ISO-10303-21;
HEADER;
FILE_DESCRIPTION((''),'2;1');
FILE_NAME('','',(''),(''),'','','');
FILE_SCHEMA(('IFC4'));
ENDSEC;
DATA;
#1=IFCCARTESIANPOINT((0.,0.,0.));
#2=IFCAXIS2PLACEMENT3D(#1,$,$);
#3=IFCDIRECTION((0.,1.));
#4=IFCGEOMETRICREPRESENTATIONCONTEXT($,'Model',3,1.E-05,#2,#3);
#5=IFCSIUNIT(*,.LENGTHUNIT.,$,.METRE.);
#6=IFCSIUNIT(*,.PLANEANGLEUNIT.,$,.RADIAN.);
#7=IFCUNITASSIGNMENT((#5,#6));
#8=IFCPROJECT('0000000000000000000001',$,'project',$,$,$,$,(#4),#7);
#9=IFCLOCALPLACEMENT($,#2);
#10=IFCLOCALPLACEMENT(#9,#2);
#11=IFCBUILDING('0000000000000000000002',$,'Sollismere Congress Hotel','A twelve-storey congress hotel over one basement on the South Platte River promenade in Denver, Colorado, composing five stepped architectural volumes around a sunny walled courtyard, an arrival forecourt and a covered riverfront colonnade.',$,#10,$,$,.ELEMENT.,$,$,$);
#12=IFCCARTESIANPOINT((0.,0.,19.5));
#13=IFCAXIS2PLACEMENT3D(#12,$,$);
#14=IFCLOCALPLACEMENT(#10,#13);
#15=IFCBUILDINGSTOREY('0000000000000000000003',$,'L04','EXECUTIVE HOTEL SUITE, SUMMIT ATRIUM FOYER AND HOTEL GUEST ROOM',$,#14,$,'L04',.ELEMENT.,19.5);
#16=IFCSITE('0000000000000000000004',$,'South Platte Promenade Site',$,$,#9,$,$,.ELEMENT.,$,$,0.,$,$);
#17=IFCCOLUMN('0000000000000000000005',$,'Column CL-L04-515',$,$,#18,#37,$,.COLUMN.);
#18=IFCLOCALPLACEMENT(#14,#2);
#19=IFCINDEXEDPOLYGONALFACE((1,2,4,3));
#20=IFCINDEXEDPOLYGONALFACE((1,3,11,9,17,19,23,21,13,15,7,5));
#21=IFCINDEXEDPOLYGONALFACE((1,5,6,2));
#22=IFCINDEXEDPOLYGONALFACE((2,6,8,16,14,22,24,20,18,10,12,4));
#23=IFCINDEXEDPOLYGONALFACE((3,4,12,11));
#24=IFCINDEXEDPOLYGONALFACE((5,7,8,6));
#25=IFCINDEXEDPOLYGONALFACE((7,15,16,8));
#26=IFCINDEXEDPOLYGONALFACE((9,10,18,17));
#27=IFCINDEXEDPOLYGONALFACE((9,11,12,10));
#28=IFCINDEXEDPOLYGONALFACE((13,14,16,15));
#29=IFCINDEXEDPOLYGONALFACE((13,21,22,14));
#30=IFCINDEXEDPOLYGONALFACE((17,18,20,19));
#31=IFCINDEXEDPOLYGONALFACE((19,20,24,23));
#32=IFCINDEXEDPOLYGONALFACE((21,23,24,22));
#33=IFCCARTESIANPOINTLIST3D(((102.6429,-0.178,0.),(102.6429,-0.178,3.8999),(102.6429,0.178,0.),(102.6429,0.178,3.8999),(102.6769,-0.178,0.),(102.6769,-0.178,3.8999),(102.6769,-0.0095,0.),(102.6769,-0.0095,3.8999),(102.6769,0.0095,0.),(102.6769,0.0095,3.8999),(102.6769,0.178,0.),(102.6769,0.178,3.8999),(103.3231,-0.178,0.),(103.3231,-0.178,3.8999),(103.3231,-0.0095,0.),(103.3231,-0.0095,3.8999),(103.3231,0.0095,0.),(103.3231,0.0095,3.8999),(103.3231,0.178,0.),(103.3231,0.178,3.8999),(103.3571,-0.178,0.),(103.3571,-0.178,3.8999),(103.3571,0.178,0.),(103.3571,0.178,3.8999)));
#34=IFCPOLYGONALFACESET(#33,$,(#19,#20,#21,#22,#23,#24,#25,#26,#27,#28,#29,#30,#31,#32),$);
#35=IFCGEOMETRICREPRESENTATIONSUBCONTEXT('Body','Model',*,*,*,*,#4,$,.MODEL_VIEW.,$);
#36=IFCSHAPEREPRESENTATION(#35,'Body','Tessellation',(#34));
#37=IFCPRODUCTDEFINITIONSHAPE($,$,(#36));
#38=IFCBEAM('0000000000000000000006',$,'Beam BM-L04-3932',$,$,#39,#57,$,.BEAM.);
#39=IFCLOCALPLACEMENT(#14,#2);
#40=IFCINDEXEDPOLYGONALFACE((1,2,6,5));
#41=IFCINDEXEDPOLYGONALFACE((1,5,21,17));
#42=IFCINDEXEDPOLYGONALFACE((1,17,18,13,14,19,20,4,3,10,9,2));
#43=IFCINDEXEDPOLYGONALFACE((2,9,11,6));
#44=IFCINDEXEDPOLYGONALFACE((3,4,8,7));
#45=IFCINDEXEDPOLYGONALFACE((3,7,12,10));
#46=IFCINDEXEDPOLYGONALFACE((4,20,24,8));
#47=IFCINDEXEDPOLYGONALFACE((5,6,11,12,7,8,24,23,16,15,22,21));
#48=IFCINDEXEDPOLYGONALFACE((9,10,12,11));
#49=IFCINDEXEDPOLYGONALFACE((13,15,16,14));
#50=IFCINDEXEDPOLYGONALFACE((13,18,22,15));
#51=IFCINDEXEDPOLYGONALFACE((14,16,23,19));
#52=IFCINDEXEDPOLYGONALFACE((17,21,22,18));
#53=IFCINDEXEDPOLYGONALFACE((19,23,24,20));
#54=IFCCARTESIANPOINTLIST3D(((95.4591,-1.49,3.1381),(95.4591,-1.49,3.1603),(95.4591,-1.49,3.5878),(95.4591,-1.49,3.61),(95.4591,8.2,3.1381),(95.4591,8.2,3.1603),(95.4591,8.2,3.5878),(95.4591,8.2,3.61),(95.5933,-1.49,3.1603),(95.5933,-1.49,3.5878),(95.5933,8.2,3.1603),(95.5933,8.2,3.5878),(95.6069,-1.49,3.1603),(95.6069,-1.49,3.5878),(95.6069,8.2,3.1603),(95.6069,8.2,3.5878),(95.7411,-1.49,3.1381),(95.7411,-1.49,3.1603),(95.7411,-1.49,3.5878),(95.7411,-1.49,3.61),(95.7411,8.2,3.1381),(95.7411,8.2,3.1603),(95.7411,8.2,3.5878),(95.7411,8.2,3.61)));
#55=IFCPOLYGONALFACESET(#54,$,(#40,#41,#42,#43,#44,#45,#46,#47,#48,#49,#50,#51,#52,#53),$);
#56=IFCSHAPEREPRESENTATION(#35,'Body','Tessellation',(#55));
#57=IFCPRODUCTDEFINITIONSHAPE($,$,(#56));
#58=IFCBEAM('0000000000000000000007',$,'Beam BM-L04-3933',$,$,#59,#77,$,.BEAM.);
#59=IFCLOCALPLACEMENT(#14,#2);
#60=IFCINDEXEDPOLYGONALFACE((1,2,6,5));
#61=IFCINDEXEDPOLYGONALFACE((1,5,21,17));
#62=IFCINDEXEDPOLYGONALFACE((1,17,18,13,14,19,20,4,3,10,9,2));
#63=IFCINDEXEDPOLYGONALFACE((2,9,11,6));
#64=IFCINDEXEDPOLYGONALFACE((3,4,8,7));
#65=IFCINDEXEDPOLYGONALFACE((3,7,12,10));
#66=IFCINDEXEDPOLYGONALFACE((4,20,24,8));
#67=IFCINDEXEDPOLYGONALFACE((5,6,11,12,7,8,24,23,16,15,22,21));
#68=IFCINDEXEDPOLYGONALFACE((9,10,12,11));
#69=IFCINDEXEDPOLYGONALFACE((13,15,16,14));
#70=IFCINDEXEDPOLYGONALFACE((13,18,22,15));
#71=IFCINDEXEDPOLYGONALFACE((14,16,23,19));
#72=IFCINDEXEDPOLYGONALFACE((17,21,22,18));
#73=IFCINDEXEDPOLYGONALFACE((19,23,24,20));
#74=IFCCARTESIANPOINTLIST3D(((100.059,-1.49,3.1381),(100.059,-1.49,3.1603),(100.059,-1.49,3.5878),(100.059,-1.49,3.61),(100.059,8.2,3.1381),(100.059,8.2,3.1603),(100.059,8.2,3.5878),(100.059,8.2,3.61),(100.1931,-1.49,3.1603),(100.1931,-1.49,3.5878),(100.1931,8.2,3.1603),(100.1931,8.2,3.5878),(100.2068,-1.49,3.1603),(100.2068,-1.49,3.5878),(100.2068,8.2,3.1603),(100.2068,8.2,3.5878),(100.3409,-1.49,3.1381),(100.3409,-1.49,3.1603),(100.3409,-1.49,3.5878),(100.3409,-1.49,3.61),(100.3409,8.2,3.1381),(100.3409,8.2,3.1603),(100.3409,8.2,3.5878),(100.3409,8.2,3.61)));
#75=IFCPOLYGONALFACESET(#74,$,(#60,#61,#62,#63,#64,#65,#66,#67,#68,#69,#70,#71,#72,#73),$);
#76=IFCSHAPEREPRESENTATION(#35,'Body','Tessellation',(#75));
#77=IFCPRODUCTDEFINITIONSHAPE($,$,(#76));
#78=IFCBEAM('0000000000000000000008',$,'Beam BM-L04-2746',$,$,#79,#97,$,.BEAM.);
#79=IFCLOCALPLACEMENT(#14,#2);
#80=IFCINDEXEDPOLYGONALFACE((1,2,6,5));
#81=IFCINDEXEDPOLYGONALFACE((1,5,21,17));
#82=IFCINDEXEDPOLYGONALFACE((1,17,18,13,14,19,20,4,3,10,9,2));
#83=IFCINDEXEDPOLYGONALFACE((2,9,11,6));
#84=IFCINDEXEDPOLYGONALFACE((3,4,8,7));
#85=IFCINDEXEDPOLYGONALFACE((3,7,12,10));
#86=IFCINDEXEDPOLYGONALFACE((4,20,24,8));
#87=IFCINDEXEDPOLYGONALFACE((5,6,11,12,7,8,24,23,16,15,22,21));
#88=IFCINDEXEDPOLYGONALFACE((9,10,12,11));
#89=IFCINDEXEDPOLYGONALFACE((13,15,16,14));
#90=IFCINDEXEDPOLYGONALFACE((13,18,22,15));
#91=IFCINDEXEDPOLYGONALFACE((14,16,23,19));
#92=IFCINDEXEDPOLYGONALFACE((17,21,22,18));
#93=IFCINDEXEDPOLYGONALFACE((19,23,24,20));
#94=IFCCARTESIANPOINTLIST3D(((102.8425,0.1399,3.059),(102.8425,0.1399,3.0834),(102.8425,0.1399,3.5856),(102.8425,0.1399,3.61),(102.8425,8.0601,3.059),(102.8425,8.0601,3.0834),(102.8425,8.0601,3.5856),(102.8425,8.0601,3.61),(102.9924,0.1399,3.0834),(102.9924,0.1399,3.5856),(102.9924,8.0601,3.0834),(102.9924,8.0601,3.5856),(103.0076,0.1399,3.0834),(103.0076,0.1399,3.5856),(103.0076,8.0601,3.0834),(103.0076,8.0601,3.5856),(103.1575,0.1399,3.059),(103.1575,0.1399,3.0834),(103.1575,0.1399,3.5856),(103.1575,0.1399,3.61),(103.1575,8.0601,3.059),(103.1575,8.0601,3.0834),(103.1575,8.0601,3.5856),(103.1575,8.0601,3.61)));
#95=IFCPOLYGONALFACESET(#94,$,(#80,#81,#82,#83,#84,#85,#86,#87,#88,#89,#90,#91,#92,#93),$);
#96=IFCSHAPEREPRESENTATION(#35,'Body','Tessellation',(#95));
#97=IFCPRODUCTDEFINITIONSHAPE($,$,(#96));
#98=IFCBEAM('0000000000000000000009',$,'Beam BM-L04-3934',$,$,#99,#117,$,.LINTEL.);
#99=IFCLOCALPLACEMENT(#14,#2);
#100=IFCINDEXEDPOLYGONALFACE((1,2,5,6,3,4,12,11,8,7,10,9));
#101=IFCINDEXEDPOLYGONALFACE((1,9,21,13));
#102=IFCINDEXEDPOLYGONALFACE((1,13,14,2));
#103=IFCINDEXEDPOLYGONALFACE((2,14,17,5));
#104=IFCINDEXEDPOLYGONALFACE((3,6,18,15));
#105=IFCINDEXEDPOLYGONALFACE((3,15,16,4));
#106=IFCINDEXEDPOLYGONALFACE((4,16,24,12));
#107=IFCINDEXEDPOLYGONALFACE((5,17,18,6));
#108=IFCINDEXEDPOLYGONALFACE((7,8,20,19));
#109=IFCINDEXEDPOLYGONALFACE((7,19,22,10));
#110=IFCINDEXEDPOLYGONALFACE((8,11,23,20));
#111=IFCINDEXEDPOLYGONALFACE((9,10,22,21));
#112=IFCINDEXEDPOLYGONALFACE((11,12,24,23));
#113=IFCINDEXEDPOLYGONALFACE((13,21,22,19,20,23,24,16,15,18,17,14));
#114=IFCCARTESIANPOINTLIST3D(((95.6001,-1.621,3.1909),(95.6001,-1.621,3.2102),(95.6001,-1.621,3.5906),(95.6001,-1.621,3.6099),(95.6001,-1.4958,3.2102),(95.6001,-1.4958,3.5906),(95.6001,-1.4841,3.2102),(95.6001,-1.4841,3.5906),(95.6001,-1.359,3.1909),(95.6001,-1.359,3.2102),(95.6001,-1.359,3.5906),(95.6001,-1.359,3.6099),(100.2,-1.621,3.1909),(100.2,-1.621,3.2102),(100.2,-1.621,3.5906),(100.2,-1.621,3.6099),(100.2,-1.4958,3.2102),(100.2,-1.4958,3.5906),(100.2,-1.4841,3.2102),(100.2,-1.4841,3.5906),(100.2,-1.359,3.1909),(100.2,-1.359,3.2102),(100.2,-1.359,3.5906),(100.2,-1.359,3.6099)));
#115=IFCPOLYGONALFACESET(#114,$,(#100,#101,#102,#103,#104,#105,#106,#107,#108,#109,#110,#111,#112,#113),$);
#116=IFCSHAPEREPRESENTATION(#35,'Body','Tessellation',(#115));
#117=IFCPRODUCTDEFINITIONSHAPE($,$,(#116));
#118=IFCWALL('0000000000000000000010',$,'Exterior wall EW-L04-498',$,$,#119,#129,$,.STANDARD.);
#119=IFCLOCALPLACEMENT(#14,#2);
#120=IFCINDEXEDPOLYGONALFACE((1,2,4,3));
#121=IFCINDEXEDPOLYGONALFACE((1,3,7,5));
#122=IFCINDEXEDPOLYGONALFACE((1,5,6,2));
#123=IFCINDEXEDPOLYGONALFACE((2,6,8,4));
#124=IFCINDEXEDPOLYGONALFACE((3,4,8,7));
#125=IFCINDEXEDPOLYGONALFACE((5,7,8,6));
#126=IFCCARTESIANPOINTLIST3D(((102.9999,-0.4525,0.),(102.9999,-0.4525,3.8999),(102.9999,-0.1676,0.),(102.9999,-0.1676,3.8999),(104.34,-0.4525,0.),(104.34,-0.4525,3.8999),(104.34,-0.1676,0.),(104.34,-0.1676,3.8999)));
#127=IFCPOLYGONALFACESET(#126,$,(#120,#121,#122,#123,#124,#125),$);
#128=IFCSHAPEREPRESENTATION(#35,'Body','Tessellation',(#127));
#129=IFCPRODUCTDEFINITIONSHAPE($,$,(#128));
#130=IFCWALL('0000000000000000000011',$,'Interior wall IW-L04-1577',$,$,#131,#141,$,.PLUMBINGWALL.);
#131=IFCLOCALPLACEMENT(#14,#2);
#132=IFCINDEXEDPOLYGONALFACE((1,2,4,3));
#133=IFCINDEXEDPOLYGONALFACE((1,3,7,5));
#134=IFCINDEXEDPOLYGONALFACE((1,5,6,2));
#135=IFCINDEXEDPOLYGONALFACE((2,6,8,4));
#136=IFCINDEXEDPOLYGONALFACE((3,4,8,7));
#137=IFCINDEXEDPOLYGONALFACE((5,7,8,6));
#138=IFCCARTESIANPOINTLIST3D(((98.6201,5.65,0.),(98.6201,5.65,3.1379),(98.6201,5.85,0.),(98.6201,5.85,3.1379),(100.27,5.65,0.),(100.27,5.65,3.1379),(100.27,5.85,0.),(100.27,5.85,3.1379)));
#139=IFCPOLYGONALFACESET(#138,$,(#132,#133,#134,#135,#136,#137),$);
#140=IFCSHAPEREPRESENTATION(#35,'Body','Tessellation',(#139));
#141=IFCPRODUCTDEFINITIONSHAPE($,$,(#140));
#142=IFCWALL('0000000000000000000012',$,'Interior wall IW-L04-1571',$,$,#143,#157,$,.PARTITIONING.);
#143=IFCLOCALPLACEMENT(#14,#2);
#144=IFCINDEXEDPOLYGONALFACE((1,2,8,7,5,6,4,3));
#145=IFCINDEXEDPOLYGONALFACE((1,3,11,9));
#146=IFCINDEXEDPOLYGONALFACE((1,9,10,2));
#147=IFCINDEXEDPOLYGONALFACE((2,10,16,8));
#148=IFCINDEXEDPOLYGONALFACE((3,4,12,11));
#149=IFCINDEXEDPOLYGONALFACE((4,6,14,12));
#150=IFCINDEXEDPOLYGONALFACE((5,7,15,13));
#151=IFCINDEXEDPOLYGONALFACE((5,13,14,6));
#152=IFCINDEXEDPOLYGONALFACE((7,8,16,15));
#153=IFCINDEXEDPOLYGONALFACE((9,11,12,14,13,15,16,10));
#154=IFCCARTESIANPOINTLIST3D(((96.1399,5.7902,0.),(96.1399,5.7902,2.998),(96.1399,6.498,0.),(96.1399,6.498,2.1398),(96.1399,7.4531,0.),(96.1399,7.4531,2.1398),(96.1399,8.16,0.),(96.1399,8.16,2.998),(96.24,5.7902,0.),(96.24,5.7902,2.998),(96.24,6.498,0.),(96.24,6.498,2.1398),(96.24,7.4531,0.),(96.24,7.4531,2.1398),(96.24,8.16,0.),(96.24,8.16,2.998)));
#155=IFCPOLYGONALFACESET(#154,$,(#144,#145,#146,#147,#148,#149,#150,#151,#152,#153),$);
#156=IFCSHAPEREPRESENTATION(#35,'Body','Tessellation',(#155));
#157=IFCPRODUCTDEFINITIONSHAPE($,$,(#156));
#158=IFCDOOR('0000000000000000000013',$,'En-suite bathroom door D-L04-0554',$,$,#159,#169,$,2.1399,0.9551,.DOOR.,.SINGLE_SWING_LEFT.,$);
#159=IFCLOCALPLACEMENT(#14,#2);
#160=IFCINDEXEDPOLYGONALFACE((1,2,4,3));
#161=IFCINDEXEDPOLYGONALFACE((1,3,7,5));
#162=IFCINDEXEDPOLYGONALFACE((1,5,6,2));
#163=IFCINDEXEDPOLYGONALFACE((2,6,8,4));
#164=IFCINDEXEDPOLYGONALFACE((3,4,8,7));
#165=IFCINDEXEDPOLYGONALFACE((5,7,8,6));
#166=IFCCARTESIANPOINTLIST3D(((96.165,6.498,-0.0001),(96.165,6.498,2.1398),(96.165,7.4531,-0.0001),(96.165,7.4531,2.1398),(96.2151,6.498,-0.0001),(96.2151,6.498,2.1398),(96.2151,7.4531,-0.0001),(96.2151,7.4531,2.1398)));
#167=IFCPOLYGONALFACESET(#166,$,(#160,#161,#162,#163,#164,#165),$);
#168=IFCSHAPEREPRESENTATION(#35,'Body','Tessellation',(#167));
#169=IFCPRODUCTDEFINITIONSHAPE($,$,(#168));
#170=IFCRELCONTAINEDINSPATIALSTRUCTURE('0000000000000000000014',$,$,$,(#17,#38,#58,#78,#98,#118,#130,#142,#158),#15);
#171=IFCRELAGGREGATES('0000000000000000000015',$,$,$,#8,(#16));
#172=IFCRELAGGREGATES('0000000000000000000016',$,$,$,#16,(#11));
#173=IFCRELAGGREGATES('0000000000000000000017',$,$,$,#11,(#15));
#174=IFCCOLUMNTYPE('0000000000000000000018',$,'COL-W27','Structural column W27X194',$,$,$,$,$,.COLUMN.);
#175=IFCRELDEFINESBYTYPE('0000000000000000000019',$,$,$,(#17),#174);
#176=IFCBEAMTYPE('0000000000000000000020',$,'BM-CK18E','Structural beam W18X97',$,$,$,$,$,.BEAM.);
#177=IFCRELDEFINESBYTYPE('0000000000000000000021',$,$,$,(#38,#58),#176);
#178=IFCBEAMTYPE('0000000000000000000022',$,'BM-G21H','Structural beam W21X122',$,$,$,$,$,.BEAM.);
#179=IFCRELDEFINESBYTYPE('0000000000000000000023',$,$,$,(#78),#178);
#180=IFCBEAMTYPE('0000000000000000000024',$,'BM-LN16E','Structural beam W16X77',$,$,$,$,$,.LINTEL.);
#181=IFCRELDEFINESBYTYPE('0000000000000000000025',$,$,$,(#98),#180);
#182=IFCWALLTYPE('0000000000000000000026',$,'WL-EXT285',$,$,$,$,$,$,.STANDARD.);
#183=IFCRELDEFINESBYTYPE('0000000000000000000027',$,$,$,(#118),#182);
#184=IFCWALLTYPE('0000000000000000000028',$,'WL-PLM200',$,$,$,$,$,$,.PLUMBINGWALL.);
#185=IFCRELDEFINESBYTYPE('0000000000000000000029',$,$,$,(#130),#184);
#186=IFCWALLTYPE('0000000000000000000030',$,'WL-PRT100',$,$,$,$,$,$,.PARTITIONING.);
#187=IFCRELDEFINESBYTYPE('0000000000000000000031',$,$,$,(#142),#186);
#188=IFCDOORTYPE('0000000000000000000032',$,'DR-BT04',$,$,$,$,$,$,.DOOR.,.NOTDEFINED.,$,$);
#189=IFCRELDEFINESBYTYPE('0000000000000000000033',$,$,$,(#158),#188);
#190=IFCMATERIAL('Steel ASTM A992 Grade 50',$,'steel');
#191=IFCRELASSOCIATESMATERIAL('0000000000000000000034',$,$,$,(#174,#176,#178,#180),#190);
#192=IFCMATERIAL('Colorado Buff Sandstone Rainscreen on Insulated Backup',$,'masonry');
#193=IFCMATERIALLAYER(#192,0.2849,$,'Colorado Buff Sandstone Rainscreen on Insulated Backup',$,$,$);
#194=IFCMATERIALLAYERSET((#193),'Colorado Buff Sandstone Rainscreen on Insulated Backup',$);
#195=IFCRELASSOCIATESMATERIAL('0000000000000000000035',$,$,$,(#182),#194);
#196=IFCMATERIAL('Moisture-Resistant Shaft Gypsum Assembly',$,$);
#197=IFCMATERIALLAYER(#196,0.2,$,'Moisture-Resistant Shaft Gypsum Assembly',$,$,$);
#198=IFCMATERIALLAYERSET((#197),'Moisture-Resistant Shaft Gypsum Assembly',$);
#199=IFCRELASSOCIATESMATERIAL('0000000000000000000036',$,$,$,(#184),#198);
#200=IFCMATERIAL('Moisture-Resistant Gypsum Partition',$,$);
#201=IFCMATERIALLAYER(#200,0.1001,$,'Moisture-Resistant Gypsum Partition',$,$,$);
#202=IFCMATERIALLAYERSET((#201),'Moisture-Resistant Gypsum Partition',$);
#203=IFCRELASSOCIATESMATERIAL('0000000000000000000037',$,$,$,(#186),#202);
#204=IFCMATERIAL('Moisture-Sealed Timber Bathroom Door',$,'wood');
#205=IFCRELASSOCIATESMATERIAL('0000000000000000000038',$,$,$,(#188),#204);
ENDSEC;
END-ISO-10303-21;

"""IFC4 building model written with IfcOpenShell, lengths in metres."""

from ifc_helpers import new_model, si_unit, direction, frame, frame_2d, origin, origin_2d, place, context, subcontext, project, spatial, rectangle, i_section, extrude, material, layer, layer_set, material_profile, profile_set, type_object, element, fill, save


model = new_model("IFC4")

# Units and contexts
model_context = context("Model", 3, precision=1e-05, world=origin(), true_north=direction((0.0, 1.0)))
body_context = subcontext(model_context, "Body", "Model", "MODEL_VIEW")
ifc_project = project(units=[si_unit("LENGTHUNIT", "METRE"), si_unit("PLANEANGLEUNIT", "RADIAN")], contexts=[model_context])

# Site, building, storey
site_placement = place(None, origin())
site = spatial("IfcSite", under=ifc_project, at=site_placement, Name="South Platte Promenade Site", CompositionType="ELEMENT", RefElevation=0.0)
building_placement = place(site_placement, origin())
building = spatial("IfcBuilding", under=site, at=building_placement, Name="Sollismere Congress Hotel", Description="A twelve-storey congress hotel over one basement on the South Platte River promenade in Denver, Colorado, composing five stepped architectural volumes around a sunny walled courtyard, an arrival forecourt and a covered riverfront colonnade.", CompositionType="ELEMENT")
storey_placement = place(building_placement, frame((0.0, 0.0, 19.5)))
storey = spatial("IfcBuildingStorey", under=building, at=storey_placement, Name="L04", Description="EXECUTIVE HOTEL SUITE, SUMMIT ATRIUM FOYER AND HOTEL GUEST ROOM", LongName="L04", CompositionType="ELEMENT", Elevation=19.5)

# Column
ifc_material_1 = material(Name="Steel ASTM A992 Grade 50", Category="steel")
ifc_material_profile_1 = material_profile(ifc_material_1, i_section(OverallWidth=0.356, OverallDepth=0.7141, WebThickness=0.019, FlangeThickness=0.0339, at=origin_2d()), Name="W27X194")
ifc_profile_set_1 = profile_set([ifc_material_profile_1], Name="Steel ASTM A992 Grade 50")
column_type = type_object("IfcColumnType", Name="COL-W27", Description="Structural column W27X194", PredefinedType="COLUMN", material=ifc_profile_set_1)
column_placement = place(storey_placement, frame((103.0, 0.0, 0.0), z_axis=(0.0, 0.0, 1.0), x_axis=(0.0, 1.0, 0.0)))
element("IfcColumn", 1, at=column_placement, inside=storey, type_object=column_type, Name="Column CL-L04-515", PredefinedType="COLUMN", context=body_context, shape_type="SweptSolid", body=[
    extrude(i_section(OverallWidth=0.356, OverallDepth=0.7141, WebThickness=0.019, FlangeThickness=0.0339, at=origin_2d()), origin(), (0.0, 0.0, 1.0), 3.8999),
])

# Beams
ifc_material_profile_2 = material_profile(ifc_material_1, i_section(OverallWidth=0.282, OverallDepth=0.4719, WebThickness=0.0137, FlangeThickness=0.0222, at=origin_2d()), Name="W18X97")
ifc_profile_set_2 = profile_set([ifc_material_profile_2], Name="Steel ASTM A992 Grade 50")
beam_type_1 = type_object("IfcBeamType", Name="BM-CK18E", Description="Structural beam W18X97", PredefinedType="BEAM", material=ifc_profile_set_2)
for number, where, z_axis, x_axis, name in (
    (2, (95.6001, 8.2, 3.374), (0.0, -1.0, 0.0), (1.0, 0.0, 0.0), "Beam BM-L04-3932"),
    (3, (100.2, 8.2, 3.374), (0.0, -1.0, 0.0), (1.0, 0.0, 0.0), "Beam BM-L04-3933"),
):
    element("IfcBeam", number, at=place(storey_placement, frame(where, z_axis=z_axis, x_axis=x_axis)), inside=storey, type_object=beam_type_1, Name=name, PredefinedType="BEAM", context=body_context, shape_type="SweptSolid", body=[
        extrude(i_section(OverallWidth=0.282, OverallDepth=0.4719, WebThickness=0.0137, FlangeThickness=0.0222, at=origin_2d()), origin(), (0.0, 0.0, 1.0), 9.6899),
    ])
ifc_material_profile_3 = material_profile(ifc_material_1, i_section(OverallWidth=0.3149, OverallDepth=0.551, WebThickness=0.0151, FlangeThickness=0.0244, at=origin_2d()), Name="W21X122")
ifc_profile_set_3 = profile_set([ifc_material_profile_3], Name="Steel ASTM A992 Grade 50")
beam_type_2 = type_object("IfcBeamType", Name="BM-G21H", Description="Structural beam W21X122", PredefinedType="BEAM", material=ifc_profile_set_3)
beam_1_placement = place(storey_placement, frame((103.0, 0.1399, 3.3345), z_axis=(0.0, 1.0, 0.0), x_axis=(-1.0, 0.0, 0.0)))
element("IfcBeam", 4, at=beam_1_placement, inside=storey, type_object=beam_type_2, Name="Beam BM-L04-2746", PredefinedType="BEAM", context=body_context, shape_type="SweptSolid", body=[
    extrude(i_section(OverallWidth=0.3149, OverallDepth=0.551, WebThickness=0.0151, FlangeThickness=0.0244, at=origin_2d()), origin(), (0.0, 0.0, 1.0), 7.9202),
])
ifc_material_profile_4 = material_profile(ifc_material_1, i_section(OverallWidth=0.262, OverallDepth=0.4189, WebThickness=0.0117, FlangeThickness=0.0193, at=origin_2d()), Name="W16X77")
ifc_profile_set_4 = profile_set([ifc_material_profile_4], Name="Steel ASTM A992 Grade 50")
beam_type_3 = type_object("IfcBeamType", Name="BM-LN16E", Description="Structural beam W16X77", PredefinedType="LINTEL", material=ifc_profile_set_4)
beam_2_placement = place(storey_placement, frame((95.6001, -1.49, 3.4004), z_axis=(1.0, 0.0, 0.0), x_axis=(0.0, 1.0, 0.0)))
element("IfcBeam", 5, at=beam_2_placement, inside=storey, type_object=beam_type_3, Name="Beam BM-L04-3934", PredefinedType="LINTEL", context=body_context, shape_type="SweptSolid", body=[
    extrude(i_section(OverallWidth=0.262, OverallDepth=0.4189, WebThickness=0.0117, FlangeThickness=0.0193, at=origin_2d()), origin(), (0.0, 0.0, 1.0), 4.5999),
])

# Walls
ifc_material_2 = material(Name="Colorado Buff Sandstone Rainscreen on Insulated Backup", Category="masonry")
ifc_layer_1 = layer(ifc_material_2, 0.2849, Name="Colorado Buff Sandstone Rainscreen on Insulated Backup")
ifc_layer_set_1 = layer_set([ifc_layer_1], Name="Colorado Buff Sandstone Rainscreen on Insulated Backup")
wall_type_1 = type_object("IfcWallType", Name="WL-EXT285", PredefinedType="STANDARD", material=ifc_layer_set_1)
wall_1_placement = place(storey_placement, frame((103.0, -0.3101, 0.0), z_axis=(0.0, 0.0, 1.0), x_axis=(1.0, 0.0, 0.0)))
element("IfcWall", 6, at=wall_1_placement, inside=storey, type_object=wall_type_1, Name="Exterior wall EW-L04-498", PredefinedType="STANDARD", context=body_context, shape_type="SweptSolid", body=[
    extrude(rectangle(XDim=1.3401, YDim=0.2849, at=frame_2d((0.6699, 0.0))), origin(), (0.0, 0.0, 1.0), 3.8999),
])
ifc_material_3 = material(Name="Moisture-Resistant Shaft Gypsum Assembly")
ifc_layer_2 = layer(ifc_material_3, 0.2, Name="Moisture-Resistant Shaft Gypsum Assembly")
ifc_layer_set_2 = layer_set([ifc_layer_2], Name="Moisture-Resistant Shaft Gypsum Assembly")
wall_type_2 = type_object("IfcWallType", Name="WL-PLM200", PredefinedType="PLUMBINGWALL", material=ifc_layer_set_2)
wall_2_placement = place(storey_placement, frame((98.6201, 5.75, 0.0), z_axis=(0.0, 0.0, 1.0), x_axis=(1.0, 0.0, 0.0)))
element("IfcWall", 7, at=wall_2_placement, inside=storey, type_object=wall_type_2, Name="Interior wall IW-L04-1577", PredefinedType="PLUMBINGWALL", context=body_context, shape_type="SweptSolid", body=[
    extrude(rectangle(XDim=1.6499, YDim=0.2, at=frame_2d((0.825, 0.0))), origin(), (0.0, 0.0, 1.0), 3.1379),
])

# Wall, opening, door
ifc_material_4 = material(Name="Moisture-Resistant Gypsum Partition")
ifc_layer_3 = layer(ifc_material_4, 0.1001, Name="Moisture-Resistant Gypsum Partition")
ifc_layer_set_3 = layer_set([ifc_layer_3], Name="Moisture-Resistant Gypsum Partition")
wall_type_3 = type_object("IfcWallType", Name="WL-PRT100", PredefinedType="PARTITIONING", material=ifc_layer_set_3)
wall_3_placement = place(storey_placement, frame((96.1899, 5.79, 0.0), z_axis=(0.0, 0.0, 1.0), x_axis=(0.0, 1.0, 0.0)))
wall_3 = element("IfcWall", 8, at=wall_3_placement, inside=storey, type_object=wall_type_3, Name="Interior wall IW-L04-1571", PredefinedType="PARTITIONING", context=body_context, shape_type="SweptSolid", body=[
    extrude(rectangle(XDim=2.3699, YDim=0.1001, at=frame_2d((1.1851, 0.0))), origin(), (0.0, 0.0, 1.0), 2.998),
])
opening_1_placement = place(wall_3_placement, frame((0.708, 0.0, 0.0)))
opening_1 = element("IfcOpeningElement", 9, at=opening_1_placement, cuts=wall_3, PredefinedType="OPENING", context=body_context, shape_type="SweptSolid", body=[
    extrude(rectangle(XDim=0.9551, YDim=2.1399, at=frame_2d((0.4775, 1.0698))), frame((0.0, 0.0601, 0.0), z_axis=(0.0, -1.0, 0.0), x_axis=(1.0, 0.0, 0.0)), (0.0, 0.0, 1.0), 0.1201),
])
ifc_material_5 = material(Name="Moisture-Sealed Timber Bathroom Door", Category="wood")
door_type_1 = type_object("IfcDoorType", Name="DR-BT04", OperationType="NOTDEFINED", PredefinedType="DOOR", material=ifc_material_5)
door_1_placement = place(opening_1_placement, origin())
door_1 = element("IfcDoor", 10, at=door_1_placement, inside=storey, type_object=door_type_1, Name="En-suite bathroom door D-L04-0554", OperationType="SINGLE_SWING_LEFT", OverallHeight=2.1399, OverallWidth=0.9551, PredefinedType="DOOR", context=body_context, shape_type="SweptSolid", body=[
    extrude(rectangle(XDim=0.9551, YDim=2.1399, at=frame_2d((0.4775, 1.0698))), frame((0.0, 0.0249, 0.0), z_axis=(0.0, -1.0, 0.0), x_axis=(1.0, 0.0, 0.0)), (0.0, 0.0, 1.0), 0.05),
])
fill(opening_1, door_1)

save(model, "model.ifc")
